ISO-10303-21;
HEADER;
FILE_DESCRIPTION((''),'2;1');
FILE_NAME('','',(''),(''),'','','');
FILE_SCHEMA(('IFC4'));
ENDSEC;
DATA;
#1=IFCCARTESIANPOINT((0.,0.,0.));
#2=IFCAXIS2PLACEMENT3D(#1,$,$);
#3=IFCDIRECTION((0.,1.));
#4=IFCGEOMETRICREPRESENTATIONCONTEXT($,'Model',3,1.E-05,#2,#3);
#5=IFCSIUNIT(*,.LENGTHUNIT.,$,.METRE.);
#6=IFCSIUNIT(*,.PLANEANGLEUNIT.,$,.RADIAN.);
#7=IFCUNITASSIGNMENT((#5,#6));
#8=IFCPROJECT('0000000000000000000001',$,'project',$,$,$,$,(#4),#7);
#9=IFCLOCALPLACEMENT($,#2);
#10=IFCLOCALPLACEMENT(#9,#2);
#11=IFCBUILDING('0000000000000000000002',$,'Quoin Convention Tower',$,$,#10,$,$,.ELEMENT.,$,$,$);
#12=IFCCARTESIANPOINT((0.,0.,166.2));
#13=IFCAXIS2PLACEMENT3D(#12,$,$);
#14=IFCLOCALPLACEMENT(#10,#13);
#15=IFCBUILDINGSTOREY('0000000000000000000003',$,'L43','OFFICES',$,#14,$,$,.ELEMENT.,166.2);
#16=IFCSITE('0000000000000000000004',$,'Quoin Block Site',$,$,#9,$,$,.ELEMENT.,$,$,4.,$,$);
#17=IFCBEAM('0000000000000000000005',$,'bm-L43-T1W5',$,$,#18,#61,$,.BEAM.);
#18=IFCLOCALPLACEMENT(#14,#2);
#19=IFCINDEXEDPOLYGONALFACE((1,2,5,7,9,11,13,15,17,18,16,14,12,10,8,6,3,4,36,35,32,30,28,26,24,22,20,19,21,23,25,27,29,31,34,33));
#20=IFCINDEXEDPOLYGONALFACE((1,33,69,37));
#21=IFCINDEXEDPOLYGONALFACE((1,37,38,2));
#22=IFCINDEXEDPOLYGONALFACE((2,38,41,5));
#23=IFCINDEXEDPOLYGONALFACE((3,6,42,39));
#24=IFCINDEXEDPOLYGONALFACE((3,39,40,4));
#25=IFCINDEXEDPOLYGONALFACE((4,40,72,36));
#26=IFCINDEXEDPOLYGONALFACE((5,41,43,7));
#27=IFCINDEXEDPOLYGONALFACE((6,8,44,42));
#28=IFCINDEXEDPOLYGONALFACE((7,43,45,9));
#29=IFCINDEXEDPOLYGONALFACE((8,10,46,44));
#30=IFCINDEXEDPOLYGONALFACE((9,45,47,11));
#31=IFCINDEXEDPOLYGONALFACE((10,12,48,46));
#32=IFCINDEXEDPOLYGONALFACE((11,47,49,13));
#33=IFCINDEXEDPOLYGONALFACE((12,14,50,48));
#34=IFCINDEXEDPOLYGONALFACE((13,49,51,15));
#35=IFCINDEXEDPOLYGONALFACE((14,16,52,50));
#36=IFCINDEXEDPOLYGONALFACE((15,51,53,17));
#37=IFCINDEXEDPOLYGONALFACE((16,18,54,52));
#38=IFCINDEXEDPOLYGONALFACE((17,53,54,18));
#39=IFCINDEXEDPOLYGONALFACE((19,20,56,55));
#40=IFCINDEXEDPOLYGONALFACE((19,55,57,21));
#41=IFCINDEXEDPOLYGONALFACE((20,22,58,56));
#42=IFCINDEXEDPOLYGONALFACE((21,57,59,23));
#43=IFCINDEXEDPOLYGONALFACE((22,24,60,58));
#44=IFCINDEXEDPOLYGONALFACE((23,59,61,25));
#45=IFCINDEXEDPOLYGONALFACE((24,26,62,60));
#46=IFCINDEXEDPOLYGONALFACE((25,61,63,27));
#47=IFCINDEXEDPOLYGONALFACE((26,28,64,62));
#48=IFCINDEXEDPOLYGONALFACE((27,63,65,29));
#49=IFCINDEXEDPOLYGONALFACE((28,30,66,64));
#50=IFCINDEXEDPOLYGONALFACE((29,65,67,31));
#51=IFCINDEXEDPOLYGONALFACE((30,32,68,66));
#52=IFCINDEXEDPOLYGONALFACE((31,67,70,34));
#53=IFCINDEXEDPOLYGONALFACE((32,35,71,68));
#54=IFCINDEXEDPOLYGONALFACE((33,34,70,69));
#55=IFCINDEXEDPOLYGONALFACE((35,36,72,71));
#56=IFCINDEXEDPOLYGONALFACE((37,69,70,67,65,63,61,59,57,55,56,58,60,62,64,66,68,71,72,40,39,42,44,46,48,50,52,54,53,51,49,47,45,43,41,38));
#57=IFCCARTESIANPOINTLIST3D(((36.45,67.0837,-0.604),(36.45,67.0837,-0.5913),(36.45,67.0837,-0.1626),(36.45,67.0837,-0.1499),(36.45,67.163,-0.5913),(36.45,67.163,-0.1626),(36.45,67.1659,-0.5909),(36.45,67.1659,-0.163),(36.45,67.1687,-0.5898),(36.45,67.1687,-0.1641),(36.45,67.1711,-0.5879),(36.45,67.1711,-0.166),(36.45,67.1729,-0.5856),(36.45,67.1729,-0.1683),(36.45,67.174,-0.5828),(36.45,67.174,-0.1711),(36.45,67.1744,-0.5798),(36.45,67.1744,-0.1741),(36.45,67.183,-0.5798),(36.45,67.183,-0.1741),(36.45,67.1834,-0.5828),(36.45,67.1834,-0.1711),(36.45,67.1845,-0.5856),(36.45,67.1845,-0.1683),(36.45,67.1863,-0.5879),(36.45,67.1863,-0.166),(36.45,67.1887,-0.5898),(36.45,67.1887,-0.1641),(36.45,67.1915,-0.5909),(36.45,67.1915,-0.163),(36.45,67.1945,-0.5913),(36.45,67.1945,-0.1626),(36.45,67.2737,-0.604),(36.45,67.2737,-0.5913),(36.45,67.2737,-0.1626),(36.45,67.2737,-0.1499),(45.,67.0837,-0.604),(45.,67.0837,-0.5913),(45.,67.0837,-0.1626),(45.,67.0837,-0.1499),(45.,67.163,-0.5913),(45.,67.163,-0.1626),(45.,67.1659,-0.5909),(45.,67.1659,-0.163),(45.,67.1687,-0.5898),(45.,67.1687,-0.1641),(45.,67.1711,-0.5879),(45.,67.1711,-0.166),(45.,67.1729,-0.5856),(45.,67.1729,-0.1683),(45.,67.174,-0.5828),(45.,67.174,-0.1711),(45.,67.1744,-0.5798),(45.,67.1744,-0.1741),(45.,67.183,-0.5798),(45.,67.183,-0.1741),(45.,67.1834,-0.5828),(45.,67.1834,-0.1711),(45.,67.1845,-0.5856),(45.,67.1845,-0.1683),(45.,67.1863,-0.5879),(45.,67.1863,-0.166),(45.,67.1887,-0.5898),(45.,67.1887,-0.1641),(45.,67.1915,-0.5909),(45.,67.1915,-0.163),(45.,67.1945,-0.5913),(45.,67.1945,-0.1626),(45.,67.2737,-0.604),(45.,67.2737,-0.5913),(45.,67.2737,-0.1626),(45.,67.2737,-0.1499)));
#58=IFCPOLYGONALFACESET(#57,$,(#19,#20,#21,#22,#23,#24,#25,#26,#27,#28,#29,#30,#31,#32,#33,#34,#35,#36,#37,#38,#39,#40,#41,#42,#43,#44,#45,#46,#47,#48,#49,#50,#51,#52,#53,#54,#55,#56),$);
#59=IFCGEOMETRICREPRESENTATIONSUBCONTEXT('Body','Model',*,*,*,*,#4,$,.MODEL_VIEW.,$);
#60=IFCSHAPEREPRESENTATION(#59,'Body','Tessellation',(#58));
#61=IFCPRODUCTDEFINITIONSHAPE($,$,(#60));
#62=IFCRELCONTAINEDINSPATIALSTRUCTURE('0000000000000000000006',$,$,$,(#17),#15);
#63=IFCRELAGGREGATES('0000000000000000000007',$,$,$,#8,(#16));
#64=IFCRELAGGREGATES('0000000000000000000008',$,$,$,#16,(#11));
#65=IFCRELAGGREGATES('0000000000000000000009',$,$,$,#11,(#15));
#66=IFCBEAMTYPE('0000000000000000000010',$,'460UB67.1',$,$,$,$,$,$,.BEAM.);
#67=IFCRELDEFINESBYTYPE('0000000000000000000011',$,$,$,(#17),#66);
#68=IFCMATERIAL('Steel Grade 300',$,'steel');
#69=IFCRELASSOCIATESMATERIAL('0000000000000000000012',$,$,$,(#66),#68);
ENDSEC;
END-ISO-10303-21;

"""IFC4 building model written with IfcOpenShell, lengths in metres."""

from ifc_helpers import new_model, si_unit, direction, frame, origin, origin_2d, place, context, subcontext, project, spatial, i_section, extrude, material, material_profile, profile_set, type_object, element, save


model = new_model("IFC4")

# Units and contexts
model_context = context("Model", 3, precision=1e-05, world=origin(), true_north=direction((0.0, 1.0)))
body_context = subcontext(model_context, "Body", "Model", "MODEL_VIEW")
ifc_project = project(units=[si_unit("LENGTHUNIT", "METRE"), si_unit("PLANEANGLEUNIT", "RADIAN")], contexts=[model_context])

# Site, building, storey
site_placement = place(None, origin())
site = spatial("IfcSite", under=ifc_project, at=site_placement, Name="Quoin Block Site", CompositionType="ELEMENT", RefElevation=4.0)
building_placement = place(site_placement, origin())
building = spatial("IfcBuilding", under=site, at=building_placement, Name="Quoin Convention Tower", CompositionType="ELEMENT")
storey_placement = place(building_placement, frame((0.0, 0.0, 166.2)))
storey = spatial("IfcBuildingStorey", under=building, at=storey_placement, Name="L43", Description="OFFICES", CompositionType="ELEMENT", Elevation=166.2)

# Beam
ifc_material_1 = material(Name="Steel Grade 300", Category="steel")
ifc_material_profile = material_profile(ifc_material_1, i_section(OverallWidth=0.1899, OverallDepth=0.4541, WebThickness=0.0085, FlangeThickness=0.0127, FilletRadius=0.0115, at=origin_2d()), Name="460UB67.1")
ifc_profile_set = profile_set([ifc_material_profile], Name="Steel Grade 300")
beam_type = type_object("IfcBeamType", Name="460UB67.1", PredefinedType="BEAM", material=ifc_profile_set)
beam_placement = place(storey_placement, frame((36.45, 67.1787, -0.377), z_axis=(1.0, 0.0, 0.0), x_axis=(0.0, 1.0, 0.0)))
element("IfcBeam", 1, at=beam_placement, inside=storey, type_object=beam_type, Name="bm-L43-T1W5", PredefinedType="BEAM", context=body_context, shape_type="SweptSolid", body=[
    extrude(i_section(OverallWidth=0.1899, OverallDepth=0.4541, WebThickness=0.0085, FlangeThickness=0.0127, FilletRadius=0.0115, at=origin_2d()), origin(), (0.0, 0.0, 1.0), 8.55),
])

save(model, "model.ifc")
